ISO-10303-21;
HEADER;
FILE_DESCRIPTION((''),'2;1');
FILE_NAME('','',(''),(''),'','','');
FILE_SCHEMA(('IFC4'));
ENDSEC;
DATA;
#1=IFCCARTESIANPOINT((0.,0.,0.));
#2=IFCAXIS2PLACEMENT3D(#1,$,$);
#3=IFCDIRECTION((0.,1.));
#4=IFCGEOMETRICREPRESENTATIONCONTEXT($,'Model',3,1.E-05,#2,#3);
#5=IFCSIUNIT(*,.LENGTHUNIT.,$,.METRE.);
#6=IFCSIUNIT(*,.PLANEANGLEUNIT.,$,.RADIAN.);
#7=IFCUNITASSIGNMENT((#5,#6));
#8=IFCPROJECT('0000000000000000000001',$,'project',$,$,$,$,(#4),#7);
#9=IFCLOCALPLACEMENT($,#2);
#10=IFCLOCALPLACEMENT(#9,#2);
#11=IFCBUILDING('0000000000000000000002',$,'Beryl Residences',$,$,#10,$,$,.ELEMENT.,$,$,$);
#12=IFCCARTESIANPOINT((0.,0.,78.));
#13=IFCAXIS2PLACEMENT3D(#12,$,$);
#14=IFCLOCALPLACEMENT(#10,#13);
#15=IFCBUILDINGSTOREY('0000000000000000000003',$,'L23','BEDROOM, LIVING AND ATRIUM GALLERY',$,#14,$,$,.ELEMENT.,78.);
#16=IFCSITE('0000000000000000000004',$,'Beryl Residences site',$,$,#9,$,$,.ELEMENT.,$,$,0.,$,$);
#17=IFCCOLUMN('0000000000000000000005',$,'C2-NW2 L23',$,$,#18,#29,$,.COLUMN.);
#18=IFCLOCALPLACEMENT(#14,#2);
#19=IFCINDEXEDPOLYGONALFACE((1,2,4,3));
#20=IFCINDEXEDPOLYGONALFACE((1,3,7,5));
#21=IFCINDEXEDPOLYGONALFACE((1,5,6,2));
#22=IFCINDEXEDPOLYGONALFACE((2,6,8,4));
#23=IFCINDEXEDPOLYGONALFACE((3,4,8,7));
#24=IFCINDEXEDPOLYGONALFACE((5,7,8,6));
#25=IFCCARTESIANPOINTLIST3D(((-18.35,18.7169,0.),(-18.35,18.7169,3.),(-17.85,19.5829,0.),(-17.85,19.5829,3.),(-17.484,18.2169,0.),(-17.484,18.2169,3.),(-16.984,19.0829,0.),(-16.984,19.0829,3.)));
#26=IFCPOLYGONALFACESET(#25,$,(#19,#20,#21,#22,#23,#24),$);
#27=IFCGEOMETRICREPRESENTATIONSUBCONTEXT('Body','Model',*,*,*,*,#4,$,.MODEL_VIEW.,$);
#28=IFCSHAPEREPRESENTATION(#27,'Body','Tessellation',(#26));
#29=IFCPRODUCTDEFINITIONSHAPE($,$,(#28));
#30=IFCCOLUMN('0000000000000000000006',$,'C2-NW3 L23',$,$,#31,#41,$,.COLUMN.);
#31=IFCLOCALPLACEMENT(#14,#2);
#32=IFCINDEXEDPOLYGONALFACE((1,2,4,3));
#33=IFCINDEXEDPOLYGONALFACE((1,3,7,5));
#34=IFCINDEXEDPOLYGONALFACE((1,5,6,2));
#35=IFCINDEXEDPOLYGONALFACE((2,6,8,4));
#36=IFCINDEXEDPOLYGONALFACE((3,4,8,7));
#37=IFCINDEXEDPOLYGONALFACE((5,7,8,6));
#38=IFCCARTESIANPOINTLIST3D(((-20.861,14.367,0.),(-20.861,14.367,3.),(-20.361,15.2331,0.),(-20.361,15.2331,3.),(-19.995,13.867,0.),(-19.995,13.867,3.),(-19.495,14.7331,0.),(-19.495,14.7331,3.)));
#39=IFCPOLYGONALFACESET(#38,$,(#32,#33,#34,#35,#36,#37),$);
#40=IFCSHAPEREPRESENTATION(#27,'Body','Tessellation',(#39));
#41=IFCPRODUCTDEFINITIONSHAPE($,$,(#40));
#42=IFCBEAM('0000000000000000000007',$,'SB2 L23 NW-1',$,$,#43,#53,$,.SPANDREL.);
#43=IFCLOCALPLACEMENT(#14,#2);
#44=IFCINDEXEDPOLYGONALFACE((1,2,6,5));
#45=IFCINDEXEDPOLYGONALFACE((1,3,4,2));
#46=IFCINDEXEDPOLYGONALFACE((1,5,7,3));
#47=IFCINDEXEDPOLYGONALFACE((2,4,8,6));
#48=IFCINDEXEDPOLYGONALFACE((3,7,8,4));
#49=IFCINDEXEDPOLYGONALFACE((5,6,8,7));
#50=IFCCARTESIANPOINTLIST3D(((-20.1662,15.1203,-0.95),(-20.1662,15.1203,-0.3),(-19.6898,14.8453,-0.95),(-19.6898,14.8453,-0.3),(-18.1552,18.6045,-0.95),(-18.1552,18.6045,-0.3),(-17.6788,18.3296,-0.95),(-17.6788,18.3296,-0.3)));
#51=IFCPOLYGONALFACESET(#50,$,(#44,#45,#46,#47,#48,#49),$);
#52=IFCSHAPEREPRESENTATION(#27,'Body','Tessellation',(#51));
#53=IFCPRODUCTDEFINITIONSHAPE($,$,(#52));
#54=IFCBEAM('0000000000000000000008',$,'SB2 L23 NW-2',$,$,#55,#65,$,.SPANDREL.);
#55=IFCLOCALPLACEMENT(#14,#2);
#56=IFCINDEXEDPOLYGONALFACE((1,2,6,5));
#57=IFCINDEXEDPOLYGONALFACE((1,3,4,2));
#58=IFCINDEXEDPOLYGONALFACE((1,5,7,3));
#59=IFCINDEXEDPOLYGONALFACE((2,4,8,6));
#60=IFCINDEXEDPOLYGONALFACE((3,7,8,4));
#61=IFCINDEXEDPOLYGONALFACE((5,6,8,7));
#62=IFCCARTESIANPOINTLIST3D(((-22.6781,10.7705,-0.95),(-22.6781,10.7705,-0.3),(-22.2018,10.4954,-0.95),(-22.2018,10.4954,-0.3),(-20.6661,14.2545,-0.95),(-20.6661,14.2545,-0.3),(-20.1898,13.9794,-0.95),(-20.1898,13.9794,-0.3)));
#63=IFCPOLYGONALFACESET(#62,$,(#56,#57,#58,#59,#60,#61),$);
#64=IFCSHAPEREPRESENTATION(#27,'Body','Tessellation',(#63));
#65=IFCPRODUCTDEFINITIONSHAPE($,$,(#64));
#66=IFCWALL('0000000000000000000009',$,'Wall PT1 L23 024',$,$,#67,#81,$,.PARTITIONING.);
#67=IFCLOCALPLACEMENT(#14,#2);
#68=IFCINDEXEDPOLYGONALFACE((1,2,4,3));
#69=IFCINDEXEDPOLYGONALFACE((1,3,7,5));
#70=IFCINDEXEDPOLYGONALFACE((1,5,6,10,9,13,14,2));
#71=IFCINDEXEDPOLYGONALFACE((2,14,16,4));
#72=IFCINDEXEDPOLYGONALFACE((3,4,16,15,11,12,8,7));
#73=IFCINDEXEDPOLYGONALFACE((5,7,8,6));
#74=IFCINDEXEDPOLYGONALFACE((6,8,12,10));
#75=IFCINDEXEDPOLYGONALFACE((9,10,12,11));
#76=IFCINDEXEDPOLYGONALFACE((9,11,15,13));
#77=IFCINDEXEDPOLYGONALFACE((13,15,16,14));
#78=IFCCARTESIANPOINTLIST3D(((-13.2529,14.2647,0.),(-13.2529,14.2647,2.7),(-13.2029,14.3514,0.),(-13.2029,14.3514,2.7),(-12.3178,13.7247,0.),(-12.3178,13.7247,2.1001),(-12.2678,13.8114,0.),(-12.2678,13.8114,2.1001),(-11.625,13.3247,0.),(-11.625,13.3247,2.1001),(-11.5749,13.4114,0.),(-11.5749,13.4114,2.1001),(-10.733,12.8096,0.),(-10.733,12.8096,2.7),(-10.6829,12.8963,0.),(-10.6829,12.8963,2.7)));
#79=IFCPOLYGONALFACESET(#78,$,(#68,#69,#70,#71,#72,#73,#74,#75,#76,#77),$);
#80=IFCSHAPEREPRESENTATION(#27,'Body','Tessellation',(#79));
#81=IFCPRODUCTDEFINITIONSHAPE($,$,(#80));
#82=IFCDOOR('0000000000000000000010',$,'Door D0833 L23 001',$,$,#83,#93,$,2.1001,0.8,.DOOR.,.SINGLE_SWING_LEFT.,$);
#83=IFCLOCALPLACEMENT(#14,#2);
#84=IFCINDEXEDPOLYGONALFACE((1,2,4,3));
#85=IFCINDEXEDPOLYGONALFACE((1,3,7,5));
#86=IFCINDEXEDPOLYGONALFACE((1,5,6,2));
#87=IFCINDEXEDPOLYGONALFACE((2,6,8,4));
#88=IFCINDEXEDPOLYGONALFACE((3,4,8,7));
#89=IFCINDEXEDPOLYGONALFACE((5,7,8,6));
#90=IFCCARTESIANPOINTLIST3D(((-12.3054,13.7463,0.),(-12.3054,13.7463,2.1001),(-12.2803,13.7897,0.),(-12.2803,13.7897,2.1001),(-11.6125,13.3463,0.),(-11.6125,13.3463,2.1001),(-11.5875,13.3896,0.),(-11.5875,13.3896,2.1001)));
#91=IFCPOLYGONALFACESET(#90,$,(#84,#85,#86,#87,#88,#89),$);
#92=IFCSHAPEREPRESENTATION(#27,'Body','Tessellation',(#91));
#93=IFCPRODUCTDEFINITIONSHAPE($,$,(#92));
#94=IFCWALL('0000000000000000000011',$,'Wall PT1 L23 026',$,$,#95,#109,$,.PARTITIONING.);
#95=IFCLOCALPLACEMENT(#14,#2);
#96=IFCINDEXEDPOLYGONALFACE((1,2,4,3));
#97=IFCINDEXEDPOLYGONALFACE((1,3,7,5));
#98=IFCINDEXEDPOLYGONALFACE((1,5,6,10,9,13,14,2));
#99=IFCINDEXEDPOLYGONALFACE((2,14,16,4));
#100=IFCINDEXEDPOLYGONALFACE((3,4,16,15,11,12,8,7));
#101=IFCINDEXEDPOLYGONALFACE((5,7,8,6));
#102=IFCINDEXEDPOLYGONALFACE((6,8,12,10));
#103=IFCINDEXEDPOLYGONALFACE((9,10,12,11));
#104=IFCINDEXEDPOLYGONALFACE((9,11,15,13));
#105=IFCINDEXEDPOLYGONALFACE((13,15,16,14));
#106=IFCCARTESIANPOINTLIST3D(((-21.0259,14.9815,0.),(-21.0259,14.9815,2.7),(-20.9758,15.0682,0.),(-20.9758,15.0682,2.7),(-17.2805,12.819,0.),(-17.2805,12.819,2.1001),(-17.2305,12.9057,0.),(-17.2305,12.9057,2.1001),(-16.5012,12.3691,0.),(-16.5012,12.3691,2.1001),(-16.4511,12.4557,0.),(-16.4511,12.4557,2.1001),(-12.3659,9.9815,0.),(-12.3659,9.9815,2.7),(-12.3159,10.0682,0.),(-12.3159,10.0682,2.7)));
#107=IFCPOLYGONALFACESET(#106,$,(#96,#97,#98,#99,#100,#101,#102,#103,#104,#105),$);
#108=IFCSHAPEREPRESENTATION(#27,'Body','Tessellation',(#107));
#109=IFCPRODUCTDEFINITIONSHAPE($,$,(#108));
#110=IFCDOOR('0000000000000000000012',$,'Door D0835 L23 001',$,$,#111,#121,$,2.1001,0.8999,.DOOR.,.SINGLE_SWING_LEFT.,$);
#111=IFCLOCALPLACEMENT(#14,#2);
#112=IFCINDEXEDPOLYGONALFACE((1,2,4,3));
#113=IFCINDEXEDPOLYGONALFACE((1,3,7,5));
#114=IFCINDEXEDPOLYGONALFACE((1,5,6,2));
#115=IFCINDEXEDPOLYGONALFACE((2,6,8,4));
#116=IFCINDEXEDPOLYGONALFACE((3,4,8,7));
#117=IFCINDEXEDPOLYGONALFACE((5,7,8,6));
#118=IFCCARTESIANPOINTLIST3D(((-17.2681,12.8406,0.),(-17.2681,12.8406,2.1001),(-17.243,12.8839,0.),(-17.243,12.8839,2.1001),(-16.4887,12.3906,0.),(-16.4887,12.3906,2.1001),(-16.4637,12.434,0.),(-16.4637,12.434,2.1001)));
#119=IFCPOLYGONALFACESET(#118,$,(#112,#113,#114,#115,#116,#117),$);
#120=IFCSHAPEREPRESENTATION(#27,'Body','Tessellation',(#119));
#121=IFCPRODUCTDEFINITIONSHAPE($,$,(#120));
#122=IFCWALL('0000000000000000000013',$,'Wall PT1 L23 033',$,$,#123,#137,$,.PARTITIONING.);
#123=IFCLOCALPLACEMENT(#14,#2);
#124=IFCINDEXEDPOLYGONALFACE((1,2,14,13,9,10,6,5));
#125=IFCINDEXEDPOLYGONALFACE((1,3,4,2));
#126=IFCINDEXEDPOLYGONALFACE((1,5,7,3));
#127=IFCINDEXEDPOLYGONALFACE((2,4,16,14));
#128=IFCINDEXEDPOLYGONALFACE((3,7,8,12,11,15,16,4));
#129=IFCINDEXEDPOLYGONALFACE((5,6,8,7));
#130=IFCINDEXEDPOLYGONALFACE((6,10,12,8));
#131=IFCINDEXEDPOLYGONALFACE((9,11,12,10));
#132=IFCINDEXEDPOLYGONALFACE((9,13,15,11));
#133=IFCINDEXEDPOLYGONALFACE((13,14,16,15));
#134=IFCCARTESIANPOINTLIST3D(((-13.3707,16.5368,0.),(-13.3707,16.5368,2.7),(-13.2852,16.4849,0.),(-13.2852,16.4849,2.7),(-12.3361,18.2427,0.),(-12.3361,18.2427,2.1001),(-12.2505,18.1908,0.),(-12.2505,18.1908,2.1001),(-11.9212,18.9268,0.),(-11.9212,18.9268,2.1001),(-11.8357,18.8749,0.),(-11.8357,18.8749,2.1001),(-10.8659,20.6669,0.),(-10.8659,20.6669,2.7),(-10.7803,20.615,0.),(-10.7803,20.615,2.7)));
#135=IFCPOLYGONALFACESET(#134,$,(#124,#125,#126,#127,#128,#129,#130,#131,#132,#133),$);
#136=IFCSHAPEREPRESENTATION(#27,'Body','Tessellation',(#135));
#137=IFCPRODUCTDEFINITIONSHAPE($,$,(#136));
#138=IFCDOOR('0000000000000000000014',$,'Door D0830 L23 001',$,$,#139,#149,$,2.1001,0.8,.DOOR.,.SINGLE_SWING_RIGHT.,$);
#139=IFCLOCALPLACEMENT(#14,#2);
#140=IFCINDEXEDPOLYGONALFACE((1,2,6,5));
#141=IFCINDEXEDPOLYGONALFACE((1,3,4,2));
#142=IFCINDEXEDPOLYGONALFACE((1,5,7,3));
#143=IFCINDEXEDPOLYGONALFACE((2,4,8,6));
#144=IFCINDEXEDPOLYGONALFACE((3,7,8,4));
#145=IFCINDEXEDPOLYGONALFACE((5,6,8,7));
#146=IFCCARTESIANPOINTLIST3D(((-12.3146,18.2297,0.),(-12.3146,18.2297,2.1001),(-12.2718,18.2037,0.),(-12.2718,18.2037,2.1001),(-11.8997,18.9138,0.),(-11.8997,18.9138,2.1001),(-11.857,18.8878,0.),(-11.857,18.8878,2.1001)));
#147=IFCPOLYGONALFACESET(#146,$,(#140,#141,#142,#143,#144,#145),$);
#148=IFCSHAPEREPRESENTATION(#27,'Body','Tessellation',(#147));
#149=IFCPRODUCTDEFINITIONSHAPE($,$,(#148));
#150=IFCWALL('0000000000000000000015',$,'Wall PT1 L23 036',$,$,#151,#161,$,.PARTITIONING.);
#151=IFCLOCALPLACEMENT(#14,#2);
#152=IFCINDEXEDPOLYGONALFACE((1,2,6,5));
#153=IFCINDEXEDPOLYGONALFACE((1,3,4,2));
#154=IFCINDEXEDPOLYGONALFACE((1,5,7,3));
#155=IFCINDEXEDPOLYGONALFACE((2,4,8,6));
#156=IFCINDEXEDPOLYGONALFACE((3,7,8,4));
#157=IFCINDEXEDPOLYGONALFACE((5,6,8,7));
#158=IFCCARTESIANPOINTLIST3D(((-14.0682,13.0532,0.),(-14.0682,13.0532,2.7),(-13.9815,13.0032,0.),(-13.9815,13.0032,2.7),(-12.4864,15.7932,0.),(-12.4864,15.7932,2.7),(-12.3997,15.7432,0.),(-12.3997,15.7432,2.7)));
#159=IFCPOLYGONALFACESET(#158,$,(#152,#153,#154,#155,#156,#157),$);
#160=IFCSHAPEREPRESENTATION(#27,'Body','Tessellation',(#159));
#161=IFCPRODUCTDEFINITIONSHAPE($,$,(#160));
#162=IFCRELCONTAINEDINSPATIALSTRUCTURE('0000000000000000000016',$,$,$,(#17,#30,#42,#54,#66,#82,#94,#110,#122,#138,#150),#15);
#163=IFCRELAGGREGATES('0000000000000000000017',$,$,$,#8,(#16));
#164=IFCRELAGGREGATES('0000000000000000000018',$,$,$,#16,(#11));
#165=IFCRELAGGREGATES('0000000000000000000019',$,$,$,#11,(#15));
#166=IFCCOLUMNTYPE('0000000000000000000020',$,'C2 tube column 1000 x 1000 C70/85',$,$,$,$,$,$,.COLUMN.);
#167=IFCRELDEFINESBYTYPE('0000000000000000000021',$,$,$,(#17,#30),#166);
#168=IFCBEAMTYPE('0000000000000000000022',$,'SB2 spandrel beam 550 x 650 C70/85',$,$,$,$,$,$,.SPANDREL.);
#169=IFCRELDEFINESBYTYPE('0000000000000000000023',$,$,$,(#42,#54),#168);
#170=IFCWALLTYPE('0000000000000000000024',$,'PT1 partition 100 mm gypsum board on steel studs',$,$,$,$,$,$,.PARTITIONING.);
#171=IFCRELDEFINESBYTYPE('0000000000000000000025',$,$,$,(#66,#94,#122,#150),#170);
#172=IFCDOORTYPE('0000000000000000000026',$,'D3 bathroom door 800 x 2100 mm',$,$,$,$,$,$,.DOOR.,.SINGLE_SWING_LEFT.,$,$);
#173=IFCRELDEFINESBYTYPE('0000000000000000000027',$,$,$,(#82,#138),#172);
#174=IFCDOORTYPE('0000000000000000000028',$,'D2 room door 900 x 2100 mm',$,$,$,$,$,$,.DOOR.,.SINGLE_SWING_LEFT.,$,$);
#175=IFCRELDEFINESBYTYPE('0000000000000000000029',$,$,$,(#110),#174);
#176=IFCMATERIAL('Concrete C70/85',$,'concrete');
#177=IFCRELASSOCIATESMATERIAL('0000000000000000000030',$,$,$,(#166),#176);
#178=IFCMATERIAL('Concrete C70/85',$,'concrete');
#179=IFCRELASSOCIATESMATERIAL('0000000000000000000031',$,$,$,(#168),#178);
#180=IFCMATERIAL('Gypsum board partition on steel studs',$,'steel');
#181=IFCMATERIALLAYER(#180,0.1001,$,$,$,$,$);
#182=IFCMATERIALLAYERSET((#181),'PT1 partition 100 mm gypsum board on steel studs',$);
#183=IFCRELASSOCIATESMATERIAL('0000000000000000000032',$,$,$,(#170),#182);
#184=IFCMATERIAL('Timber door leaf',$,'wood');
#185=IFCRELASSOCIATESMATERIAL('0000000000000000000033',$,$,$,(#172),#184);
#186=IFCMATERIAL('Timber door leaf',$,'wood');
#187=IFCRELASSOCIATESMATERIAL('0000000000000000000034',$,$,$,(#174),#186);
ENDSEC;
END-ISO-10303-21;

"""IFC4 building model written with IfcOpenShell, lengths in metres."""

from ifc_helpers import new_model, si_unit, direction, frame, frame_2d, origin, origin_2d, place, context, subcontext, project, spatial, rectangle, extrude, material, layer, layer_set, material_profile, profile_set, type_object, element, fill, save


model = new_model("IFC4")

# Units and contexts
model_context = context("Model", 3, precision=1e-05, world=origin(), true_north=direction((0.0, 1.0)))
body_context = subcontext(model_context, "Body", "Model", "MODEL_VIEW")
ifc_project = project(units=[si_unit("LENGTHUNIT", "METRE"), si_unit("PLANEANGLEUNIT", "RADIAN")], contexts=[model_context])

# Site, building, storey
site_placement = place(None, origin())
site = spatial("IfcSite", under=ifc_project, at=site_placement, Name="Beryl Residences site", CompositionType="ELEMENT", RefElevation=0.0)
building_placement = place(site_placement, origin())
building = spatial("IfcBuilding", under=site, at=building_placement, Name="Beryl Residences", CompositionType="ELEMENT")
storey_placement = place(building_placement, frame((0.0, 0.0, 78.0)))
storey = spatial("IfcBuildingStorey", under=building, at=storey_placement, Name="L23", Description="BEDROOM, LIVING AND ATRIUM GALLERY", CompositionType="ELEMENT", Elevation=78.0)

# Columns
ifc_material_1 = material(Name="Concrete C70/85", Category="concrete")
ifc_material_profile_1 = material_profile(ifc_material_1, rectangle(XDim=1.0, YDim=1.0, at=origin_2d()))
ifc_profile_set_1 = profile_set([ifc_material_profile_1], Name="Concrete C70/85")
column_type = type_object("IfcColumnType", Name="C2 tube column 1000 x 1000 C70/85", PredefinedType="COLUMN", material=ifc_profile_set_1)
for number, where, z_axis, x_axis, name in (
    (1, (-17.667, 18.8999, 0.0), (0.0, 0.0, 1.0), (-0.5, -0.866025, 0.0), "C2-NW2 L23"),
    (2, (-20.178, 14.55, 0.0), (0.0, 0.0, 1.0), (-0.5, -0.866025, 0.0), "C2-NW3 L23"),
):
    element("IfcColumn", number, at=place(storey_placement, frame(where, z_axis=z_axis, x_axis=x_axis)), inside=storey, type_object=column_type, Name=name, PredefinedType="COLUMN", context=body_context, shape_type="SweptSolid", body=[
        extrude(rectangle(XDim=1.0, YDim=1.0, at=origin_2d()), origin(), (0.0, 0.0, 1.0), 3.0),
    ])

# Beams
ifc_material_2 = material(Name="Concrete C70/85", Category="concrete")
ifc_material_profile_2 = material_profile(ifc_material_2, rectangle(XDim=0.55, YDim=0.6499, at=origin_2d()))
ifc_profile_set_2 = profile_set([ifc_material_profile_2], Name="Concrete C70/85")
beam_type = type_object("IfcBeamType", Name="SB2 spandrel beam 550 x 650 C70/85", PredefinedType="SPANDREL", material=ifc_profile_set_2)
beam_1_placement = place(storey_placement, frame((-17.917, 18.467, -0.625), z_axis=(-0.499892, -0.866088, 0.0), x_axis=(0.866088, -0.499892, 0.0)))
element("IfcBeam", 3, at=beam_1_placement, inside=storey, type_object=beam_type, Name="SB2 L23 NW-1", PredefinedType="SPANDREL", context=body_context, shape_type="SweptSolid", body=[
    extrude(rectangle(XDim=0.55, YDim=0.6499, at=origin_2d()), origin(), (0.0, 0.0, 1.0), 4.0229),
])
beam_2_placement = place(storey_placement, frame((-20.428, 14.1169, -0.625), z_axis=(-0.500101, -0.865967, 0.0), x_axis=(0.865967, -0.500101, 0.0)))
element("IfcBeam", 4, at=beam_2_placement, inside=storey, type_object=beam_type, Name="SB2 L23 NW-2", PredefinedType="SPANDREL", context=body_context, shape_type="SweptSolid", body=[
    extrude(rectangle(XDim=0.55, YDim=0.6499, at=origin_2d()), origin(), (0.0, 0.0, 1.0), 4.0232),
])

# Walls, openings, doors
ifc_material_3 = material(Name="Gypsum board partition on steel studs", Category="steel")
ifc_layer = layer(ifc_material_3, 0.1001)
ifc_layer_set = layer_set([ifc_layer], Name="PT1 partition 100 mm gypsum board on steel studs")
wall_type = type_object("IfcWallType", Name="PT1 partition 100 mm gypsum board on steel studs", PredefinedType="PARTITIONING", material=ifc_layer_set)
wall_1_placement = place(storey_placement, frame((-13.228, 14.3081, 0.0), z_axis=(0.0, 0.0, 1.0), x_axis=(0.866004, -0.500037, 0.0)))
wall_1 = element("IfcWall", 5, at=wall_1_placement, inside=storey, type_object=wall_type, Name="Wall PT1 L23 024", PredefinedType="PARTITIONING", context=body_context, shape_type="SweptSolid", body=[
    extrude(rectangle(XDim=2.9099, YDim=0.1001, at=frame_2d((1.4551, 0.0))), origin(), (0.0, 0.0, 1.0), 2.7),
])
opening_1_placement = place(wall_1_placement, frame((1.0801, 0.0, 0.0)))
opening_1 = element("IfcOpeningElement", 6, at=opening_1_placement, cuts=wall_1, PredefinedType="OPENING", context=body_context, shape_type="SweptSolid", body=[
    extrude(rectangle(XDim=0.8, YDim=2.1001, at=frame_2d((0.3999, 1.05))), frame((0.0, 0.0601, 0.0), z_axis=(0.0, -1.0, 0.0), x_axis=(1.0, 0.0, 0.0)), (0.0, 0.0, 1.0), 0.1201),
])
ifc_material_4 = material(Name="Timber door leaf", Category="wood")
door_type_1 = type_object("IfcDoorType", Name="D3 bathroom door 800 x 2100 mm", OperationType="SINGLE_SWING_LEFT", PredefinedType="DOOR", material=ifc_material_4)
door_1_placement = place(opening_1_placement, origin())
door_1 = element("IfcDoor", 7, at=door_1_placement, inside=storey, type_object=door_type_1, Name="Door D0833 L23 001", OperationType="SINGLE_SWING_LEFT", OverallHeight=2.1001, OverallWidth=0.8, PredefinedType="DOOR", context=body_context, shape_type="SweptSolid", body=[
    extrude(rectangle(XDim=0.8, YDim=2.1001, at=frame_2d((0.3999, 1.05))), frame((0.0, 0.0249, 0.0), z_axis=(0.0, -1.0, 0.0), x_axis=(1.0, 0.0, 0.0)), (0.0, 0.0, 1.0), 0.05),
])
fill(opening_1, door_1)
wall_2_placement = place(storey_placement, frame((-21.001, 15.0249, 0.0), z_axis=(0.0, 0.0, 1.0), x_axis=(0.866017, -0.500015, 0.0)))
wall_2 = element("IfcWall", 8, at=wall_2_placement, inside=storey, type_object=wall_type, Name="Wall PT1 L23 026", PredefinedType="PARTITIONING", context=body_context, shape_type="SweptSolid", body=[
    extrude(rectangle(XDim=9.9998, YDim=0.1001, at=frame_2d((5.0, 0.0))), origin(), (0.0, 0.0, 1.0), 2.7),
])
opening_2_placement = place(wall_2_placement, frame((4.325, 0.0, 0.0)))
opening_2 = element("IfcOpeningElement", 9, at=opening_2_placement, cuts=wall_2, PredefinedType="OPENING", context=body_context, shape_type="SweptSolid", body=[
    extrude(rectangle(XDim=0.8999, YDim=2.1001, at=frame_2d((0.45, 1.05))), frame((0.0, 0.0601, 0.0), z_axis=(0.0, -1.0, 0.0), x_axis=(1.0, 0.0, 0.0)), (0.0, 0.0, 1.0), 0.1201),
])
ifc_material_5 = material(Name="Timber door leaf", Category="wood")
door_type_2 = type_object("IfcDoorType", Name="D2 room door 900 x 2100 mm", OperationType="SINGLE_SWING_LEFT", PredefinedType="DOOR", material=ifc_material_5)
door_2_placement = place(opening_2_placement, origin())
door_2 = element("IfcDoor", 10, at=door_2_placement, inside=storey, type_object=door_type_2, Name="Door D0835 L23 001", OperationType="SINGLE_SWING_LEFT", OverallHeight=2.1001, OverallWidth=0.8999, PredefinedType="DOOR", context=body_context, shape_type="SweptSolid", body=[
    extrude(rectangle(XDim=0.8999, YDim=2.1001, at=frame_2d((0.45, 1.05))), frame((0.0, 0.0249, 0.0), z_axis=(0.0, -1.0, 0.0), x_axis=(1.0, 0.0, 0.0)), (0.0, 0.0, 1.0), 0.05),
])
fill(opening_2, door_2)
wall_3_placement = place(storey_placement, frame((-13.3279, 16.511, 0.0), z_axis=(0.0, 0.0, 1.0), x_axis=(0.518571, 0.855035, 0.0)))
wall_3 = element("IfcWall", 11, at=wall_3_placement, inside=storey, type_object=wall_type, Name="Wall PT1 L23 033", PredefinedType="PARTITIONING", context=body_context, shape_type="SweptSolid", body=[
    extrude(rectangle(XDim=4.8303, YDim=0.1001, at=frame_2d((2.415, 0.0))), origin(), (0.0, 0.0, 1.0), 2.7),
])
opening_3_placement = place(wall_3_placement, frame((1.9951, 0.0, 0.0)))
opening_3 = element("IfcOpeningElement", 12, at=opening_3_placement, cuts=wall_3, PredefinedType="OPENING", context=body_context, shape_type="SweptSolid", body=[
    extrude(rectangle(XDim=0.8, YDim=2.1001, at=frame_2d((0.3999, 1.05))), frame((0.0, 0.0601, 0.0), z_axis=(0.0, -1.0, 0.0), x_axis=(1.0, 0.0, 0.0)), (0.0, 0.0, 1.0), 0.1201),
])
door_3_placement = place(opening_3_placement, origin())
door_3 = element("IfcDoor", 13, at=door_3_placement, inside=storey, type_object=door_type_1, Name="Door D0830 L23 001", OperationType="SINGLE_SWING_RIGHT", OverallHeight=2.1001, OverallWidth=0.8, PredefinedType="DOOR", context=body_context, shape_type="SweptSolid", body=[
    extrude(rectangle(XDim=0.8, YDim=2.1001, at=frame_2d((0.3999, 1.05))), frame((0.0, 0.0249, 0.0), z_axis=(0.0, -1.0, 0.0), x_axis=(1.0, 0.0, 0.0)), (0.0, 0.0, 1.0), 0.05),
])
fill(opening_3, door_3)

# Wall
wall_4_placement = place(storey_placement, frame((-14.0249, 13.0281, 0.0), z_axis=(0.0, 0.0, 1.0), x_axis=(0.499965, 0.866046, 0.0)))
element("IfcWall", 14, at=wall_4_placement, inside=storey, type_object=wall_type, Name="Wall PT1 L23 036", PredefinedType="PARTITIONING", context=body_context, shape_type="SweptSolid", body=[
    extrude(rectangle(XDim=3.1638, YDim=0.1001, at=frame_2d((1.582, 0.0))), origin(), (0.0, 0.0, 1.0), 2.7),
])

save(model, "model.ifc")
